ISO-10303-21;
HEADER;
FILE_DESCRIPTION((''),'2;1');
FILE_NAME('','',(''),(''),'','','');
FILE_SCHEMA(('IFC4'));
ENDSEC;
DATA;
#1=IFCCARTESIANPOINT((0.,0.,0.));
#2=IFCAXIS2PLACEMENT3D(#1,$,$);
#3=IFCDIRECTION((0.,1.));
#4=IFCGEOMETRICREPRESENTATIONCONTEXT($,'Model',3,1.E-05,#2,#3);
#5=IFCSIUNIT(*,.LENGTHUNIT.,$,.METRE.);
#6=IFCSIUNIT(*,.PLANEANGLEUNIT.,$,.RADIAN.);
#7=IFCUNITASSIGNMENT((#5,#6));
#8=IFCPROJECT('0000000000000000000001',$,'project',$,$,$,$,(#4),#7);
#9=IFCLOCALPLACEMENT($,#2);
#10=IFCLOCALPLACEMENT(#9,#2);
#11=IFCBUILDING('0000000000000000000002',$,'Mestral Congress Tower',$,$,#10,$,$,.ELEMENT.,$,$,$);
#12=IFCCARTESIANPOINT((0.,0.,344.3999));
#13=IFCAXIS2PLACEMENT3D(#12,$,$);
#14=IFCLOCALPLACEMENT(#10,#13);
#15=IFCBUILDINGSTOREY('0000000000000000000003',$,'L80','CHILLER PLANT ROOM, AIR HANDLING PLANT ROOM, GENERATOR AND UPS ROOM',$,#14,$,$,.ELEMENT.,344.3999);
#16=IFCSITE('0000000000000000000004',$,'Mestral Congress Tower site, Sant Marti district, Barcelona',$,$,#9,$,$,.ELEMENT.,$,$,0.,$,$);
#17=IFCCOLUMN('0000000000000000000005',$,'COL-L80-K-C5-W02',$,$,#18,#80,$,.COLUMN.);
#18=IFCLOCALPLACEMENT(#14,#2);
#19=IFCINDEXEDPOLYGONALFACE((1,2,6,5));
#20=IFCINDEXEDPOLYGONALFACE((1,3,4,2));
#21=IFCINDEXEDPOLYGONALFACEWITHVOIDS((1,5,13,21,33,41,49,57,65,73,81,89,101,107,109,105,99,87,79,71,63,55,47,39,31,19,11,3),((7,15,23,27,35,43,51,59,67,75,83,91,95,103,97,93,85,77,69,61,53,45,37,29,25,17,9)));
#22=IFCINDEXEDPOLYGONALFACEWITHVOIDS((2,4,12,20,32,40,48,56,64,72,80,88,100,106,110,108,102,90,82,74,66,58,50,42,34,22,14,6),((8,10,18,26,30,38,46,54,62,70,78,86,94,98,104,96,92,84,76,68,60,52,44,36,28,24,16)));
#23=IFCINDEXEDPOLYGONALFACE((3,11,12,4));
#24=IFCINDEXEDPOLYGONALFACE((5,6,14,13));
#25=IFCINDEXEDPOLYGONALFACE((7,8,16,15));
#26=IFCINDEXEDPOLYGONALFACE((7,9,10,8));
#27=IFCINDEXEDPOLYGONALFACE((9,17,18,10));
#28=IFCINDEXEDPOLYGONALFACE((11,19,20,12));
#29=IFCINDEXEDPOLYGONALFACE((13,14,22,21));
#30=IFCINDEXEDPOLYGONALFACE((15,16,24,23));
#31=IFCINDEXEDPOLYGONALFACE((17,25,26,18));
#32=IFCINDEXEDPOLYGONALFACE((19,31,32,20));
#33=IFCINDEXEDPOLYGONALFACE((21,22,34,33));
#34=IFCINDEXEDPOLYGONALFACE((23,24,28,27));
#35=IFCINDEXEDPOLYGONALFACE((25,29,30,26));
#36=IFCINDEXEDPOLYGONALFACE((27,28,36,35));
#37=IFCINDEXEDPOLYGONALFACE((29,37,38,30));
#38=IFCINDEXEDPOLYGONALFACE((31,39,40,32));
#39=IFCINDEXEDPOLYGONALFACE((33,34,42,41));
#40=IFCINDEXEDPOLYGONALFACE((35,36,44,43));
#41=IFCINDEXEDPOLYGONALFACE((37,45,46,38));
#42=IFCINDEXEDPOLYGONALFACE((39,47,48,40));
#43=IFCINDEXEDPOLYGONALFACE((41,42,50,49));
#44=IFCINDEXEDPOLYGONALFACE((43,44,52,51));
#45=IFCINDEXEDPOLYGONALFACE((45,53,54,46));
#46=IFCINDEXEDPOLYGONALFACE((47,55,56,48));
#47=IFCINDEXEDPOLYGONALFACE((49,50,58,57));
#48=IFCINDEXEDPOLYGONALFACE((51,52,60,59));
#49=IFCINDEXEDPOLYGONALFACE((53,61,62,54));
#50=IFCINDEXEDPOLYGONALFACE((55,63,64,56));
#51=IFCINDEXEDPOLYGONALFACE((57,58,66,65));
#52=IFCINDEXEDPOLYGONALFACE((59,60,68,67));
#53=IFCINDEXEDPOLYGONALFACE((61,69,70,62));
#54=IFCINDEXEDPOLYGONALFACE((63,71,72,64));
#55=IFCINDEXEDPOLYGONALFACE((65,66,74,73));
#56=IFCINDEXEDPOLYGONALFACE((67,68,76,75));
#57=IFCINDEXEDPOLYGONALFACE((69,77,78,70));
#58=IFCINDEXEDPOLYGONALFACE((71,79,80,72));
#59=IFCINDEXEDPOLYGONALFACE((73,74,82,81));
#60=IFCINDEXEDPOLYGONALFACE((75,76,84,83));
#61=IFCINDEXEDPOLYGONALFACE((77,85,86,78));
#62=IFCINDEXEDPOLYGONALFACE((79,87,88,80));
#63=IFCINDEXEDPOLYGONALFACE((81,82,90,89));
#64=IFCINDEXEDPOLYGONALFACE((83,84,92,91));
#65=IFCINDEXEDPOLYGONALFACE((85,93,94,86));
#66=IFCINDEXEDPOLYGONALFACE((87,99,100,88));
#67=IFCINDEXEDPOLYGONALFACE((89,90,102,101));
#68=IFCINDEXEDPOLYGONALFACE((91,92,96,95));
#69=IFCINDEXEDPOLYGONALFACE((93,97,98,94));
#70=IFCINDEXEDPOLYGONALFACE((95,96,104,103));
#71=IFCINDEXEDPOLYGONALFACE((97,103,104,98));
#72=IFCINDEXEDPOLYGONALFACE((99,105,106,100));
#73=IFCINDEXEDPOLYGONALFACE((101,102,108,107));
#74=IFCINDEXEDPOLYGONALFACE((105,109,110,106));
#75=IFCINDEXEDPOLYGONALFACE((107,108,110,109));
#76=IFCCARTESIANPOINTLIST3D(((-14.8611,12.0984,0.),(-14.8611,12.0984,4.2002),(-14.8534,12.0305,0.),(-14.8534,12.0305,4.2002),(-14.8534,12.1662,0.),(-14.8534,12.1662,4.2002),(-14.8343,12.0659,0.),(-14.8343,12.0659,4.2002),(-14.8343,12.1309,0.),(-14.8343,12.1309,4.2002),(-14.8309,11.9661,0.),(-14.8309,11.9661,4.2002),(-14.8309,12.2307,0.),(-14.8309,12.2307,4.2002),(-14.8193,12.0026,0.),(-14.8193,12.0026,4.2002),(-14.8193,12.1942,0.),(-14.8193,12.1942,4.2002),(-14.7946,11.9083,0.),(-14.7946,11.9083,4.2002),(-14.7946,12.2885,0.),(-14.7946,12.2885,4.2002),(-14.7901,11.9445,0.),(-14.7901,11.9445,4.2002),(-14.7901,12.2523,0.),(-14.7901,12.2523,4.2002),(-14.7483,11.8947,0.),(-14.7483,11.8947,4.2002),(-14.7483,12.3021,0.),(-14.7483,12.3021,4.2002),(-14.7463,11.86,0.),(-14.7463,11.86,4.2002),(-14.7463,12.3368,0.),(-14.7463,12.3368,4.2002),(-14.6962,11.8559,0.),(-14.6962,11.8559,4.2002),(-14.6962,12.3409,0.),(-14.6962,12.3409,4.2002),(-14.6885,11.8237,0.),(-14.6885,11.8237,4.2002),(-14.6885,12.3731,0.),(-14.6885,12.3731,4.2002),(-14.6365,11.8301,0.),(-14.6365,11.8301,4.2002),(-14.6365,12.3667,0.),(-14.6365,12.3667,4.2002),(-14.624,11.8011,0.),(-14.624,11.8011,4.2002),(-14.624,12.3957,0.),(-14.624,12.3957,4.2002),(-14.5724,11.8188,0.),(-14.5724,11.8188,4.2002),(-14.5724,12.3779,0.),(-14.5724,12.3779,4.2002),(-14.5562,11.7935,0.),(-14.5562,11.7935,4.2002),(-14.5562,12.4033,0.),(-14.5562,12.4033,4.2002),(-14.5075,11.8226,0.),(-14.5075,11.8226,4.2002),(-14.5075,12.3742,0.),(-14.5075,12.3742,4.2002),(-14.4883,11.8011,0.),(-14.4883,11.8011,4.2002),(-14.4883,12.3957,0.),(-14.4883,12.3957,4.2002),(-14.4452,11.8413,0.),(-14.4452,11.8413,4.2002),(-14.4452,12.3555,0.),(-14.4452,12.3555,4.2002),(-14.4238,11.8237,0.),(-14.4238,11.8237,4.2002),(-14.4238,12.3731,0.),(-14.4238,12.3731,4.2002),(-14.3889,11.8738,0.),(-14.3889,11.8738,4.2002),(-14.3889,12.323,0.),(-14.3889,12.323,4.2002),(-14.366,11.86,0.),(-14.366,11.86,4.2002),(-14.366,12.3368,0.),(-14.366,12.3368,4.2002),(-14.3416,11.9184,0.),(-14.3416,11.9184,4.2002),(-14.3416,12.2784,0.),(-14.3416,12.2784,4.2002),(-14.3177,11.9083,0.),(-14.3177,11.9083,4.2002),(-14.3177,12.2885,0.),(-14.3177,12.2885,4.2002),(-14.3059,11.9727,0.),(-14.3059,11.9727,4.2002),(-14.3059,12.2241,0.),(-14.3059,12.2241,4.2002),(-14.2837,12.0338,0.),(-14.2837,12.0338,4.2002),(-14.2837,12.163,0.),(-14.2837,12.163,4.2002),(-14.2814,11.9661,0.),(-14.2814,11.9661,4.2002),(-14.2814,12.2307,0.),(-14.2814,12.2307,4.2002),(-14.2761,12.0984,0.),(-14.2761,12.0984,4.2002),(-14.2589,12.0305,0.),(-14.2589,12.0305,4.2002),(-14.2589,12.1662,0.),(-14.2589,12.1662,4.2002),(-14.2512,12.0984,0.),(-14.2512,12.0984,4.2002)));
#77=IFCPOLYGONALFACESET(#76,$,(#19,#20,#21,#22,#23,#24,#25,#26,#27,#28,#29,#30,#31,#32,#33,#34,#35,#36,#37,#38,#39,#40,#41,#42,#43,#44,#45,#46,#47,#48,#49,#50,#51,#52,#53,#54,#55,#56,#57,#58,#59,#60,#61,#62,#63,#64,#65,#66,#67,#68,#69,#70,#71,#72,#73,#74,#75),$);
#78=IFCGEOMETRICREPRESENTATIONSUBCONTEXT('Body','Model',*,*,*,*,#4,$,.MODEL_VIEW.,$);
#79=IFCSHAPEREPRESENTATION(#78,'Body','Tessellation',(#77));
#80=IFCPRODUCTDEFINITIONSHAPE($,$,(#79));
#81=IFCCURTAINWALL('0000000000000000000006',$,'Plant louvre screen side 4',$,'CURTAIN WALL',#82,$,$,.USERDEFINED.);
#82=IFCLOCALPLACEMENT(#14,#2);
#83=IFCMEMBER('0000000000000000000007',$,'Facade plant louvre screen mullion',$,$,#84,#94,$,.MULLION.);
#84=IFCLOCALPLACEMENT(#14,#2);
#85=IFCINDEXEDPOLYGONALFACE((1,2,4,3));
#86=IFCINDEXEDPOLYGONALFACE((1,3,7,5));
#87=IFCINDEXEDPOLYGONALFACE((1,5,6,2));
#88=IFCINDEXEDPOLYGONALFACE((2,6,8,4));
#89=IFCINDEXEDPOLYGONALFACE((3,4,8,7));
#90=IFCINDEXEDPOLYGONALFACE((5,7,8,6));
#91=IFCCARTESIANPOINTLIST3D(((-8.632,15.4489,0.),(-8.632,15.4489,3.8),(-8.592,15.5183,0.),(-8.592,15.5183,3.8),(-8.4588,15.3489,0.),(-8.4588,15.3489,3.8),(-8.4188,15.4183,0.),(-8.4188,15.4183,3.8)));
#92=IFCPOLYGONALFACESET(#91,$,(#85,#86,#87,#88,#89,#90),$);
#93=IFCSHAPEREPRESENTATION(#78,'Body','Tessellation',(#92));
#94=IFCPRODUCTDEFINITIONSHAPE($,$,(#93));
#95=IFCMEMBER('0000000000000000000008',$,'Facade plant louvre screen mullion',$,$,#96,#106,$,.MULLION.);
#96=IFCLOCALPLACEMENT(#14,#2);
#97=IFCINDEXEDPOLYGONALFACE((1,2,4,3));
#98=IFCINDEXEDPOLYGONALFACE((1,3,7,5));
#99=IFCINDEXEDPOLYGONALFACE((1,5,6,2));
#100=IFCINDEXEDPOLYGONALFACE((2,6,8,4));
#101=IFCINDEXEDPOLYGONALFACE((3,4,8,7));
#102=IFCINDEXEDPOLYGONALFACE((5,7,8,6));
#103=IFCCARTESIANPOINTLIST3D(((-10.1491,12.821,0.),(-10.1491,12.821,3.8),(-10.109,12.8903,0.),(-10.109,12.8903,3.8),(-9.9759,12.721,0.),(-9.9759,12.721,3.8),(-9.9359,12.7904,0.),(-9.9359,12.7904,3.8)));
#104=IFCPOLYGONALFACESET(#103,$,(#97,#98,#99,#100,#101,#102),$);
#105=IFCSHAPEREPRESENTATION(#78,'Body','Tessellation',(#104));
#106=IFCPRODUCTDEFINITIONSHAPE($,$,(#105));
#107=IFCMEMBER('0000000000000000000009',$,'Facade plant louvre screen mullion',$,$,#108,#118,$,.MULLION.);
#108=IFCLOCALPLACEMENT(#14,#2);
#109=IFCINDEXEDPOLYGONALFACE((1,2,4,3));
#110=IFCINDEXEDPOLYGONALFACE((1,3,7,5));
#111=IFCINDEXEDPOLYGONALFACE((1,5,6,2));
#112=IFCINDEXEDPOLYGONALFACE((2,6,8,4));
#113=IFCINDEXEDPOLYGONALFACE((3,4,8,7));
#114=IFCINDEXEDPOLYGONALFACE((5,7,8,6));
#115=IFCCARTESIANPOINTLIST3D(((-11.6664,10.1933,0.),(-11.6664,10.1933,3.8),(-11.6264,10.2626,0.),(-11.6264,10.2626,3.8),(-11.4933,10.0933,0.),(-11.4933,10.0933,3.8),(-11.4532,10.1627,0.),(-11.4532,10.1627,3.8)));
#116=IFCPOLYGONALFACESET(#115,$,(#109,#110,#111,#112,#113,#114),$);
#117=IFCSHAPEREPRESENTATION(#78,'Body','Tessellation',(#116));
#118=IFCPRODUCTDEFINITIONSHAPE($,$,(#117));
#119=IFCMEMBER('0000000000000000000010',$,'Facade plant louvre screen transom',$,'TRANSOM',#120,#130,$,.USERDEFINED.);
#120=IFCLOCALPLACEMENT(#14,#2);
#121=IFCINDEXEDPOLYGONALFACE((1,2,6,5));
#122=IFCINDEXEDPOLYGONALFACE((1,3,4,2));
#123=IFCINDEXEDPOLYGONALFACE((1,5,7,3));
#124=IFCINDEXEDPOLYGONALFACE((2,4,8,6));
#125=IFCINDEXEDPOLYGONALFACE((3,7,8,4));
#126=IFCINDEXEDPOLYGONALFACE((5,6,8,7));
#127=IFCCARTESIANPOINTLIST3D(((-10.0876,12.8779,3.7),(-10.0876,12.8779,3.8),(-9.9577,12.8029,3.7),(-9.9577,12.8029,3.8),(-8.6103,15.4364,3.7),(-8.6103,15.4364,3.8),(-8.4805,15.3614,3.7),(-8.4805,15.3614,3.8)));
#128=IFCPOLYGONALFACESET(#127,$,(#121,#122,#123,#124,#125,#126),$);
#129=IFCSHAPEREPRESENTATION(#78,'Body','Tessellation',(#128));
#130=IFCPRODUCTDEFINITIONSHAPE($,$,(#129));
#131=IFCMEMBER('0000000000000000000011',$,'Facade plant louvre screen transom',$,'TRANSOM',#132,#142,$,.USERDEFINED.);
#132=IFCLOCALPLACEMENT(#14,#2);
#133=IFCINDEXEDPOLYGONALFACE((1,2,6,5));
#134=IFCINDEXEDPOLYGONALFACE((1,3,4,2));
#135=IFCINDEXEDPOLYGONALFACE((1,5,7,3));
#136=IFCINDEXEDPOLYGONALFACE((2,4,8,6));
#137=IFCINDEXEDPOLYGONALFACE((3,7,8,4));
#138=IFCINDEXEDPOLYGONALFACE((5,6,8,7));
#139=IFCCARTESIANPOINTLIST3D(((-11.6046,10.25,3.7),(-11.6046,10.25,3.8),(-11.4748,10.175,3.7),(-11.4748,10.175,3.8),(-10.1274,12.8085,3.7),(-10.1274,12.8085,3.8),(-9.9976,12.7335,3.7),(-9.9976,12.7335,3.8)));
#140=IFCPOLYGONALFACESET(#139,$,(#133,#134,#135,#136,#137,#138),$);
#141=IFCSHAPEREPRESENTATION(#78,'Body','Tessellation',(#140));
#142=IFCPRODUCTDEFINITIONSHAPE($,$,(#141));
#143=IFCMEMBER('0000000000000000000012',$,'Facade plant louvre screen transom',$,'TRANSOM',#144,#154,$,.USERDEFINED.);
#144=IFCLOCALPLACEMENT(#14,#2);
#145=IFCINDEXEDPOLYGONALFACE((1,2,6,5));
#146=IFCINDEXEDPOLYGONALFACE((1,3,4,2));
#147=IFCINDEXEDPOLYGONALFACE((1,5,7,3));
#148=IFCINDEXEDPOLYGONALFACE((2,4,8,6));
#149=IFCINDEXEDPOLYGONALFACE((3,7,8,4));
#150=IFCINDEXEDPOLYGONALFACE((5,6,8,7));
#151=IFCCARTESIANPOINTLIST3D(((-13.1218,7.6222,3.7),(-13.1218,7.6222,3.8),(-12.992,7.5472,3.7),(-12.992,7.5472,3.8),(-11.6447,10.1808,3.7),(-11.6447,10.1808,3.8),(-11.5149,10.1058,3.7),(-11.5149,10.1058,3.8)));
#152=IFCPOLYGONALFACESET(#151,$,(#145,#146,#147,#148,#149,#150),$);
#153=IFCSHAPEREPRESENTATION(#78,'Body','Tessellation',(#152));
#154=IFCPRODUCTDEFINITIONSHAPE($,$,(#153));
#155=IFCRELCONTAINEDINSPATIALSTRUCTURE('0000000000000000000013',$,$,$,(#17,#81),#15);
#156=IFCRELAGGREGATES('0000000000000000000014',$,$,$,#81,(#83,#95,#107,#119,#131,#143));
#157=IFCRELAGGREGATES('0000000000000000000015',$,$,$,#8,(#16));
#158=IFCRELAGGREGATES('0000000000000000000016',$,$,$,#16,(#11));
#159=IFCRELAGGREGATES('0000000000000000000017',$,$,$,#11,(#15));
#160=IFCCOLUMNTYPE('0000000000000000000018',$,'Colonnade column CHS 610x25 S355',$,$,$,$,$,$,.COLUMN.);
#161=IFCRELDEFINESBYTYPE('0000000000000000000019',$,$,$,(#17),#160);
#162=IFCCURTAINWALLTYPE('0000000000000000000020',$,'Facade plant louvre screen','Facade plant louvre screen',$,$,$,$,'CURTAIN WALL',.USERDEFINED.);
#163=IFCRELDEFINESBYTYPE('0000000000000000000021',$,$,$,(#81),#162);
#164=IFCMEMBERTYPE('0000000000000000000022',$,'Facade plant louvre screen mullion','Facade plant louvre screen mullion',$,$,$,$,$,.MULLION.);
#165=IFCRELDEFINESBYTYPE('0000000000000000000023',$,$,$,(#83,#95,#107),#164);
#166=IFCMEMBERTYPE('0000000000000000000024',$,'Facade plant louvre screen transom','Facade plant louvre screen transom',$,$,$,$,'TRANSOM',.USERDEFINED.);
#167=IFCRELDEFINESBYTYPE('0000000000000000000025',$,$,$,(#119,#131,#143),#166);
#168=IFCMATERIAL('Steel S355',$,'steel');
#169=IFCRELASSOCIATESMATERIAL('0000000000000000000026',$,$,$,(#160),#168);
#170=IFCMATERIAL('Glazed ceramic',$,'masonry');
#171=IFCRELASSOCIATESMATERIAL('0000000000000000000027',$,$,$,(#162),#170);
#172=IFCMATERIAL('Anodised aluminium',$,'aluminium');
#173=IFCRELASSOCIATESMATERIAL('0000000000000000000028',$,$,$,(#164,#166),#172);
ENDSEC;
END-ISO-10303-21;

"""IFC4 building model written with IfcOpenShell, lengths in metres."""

from ifc_helpers import new_model, si_unit, direction, frame, origin, origin_2d, place, context, subcontext, project, spatial, rectangle, hollow_circle, extrude, material, material_profile, profile_set, type_object, element, aggregate, save


model = new_model("IFC4")

# Units and contexts
model_context = context("Model", 3, precision=1e-05, world=origin(), true_north=direction((0.0, 1.0)))
body_context = subcontext(model_context, "Body", "Model", "MODEL_VIEW")
ifc_project = project(units=[si_unit("LENGTHUNIT", "METRE"), si_unit("PLANEANGLEUNIT", "RADIAN")], contexts=[model_context])

# Site, building, storey
site_placement = place(None, origin())
site = spatial("IfcSite", under=ifc_project, at=site_placement, Name="Mestral Congress Tower site, Sant Marti district, Barcelona", CompositionType="ELEMENT", RefElevation=0.0)
building_placement = place(site_placement, origin())
building = spatial("IfcBuilding", under=site, at=building_placement, Name="Mestral Congress Tower", CompositionType="ELEMENT")
storey_placement = place(building_placement, frame((0.0, 0.0, 344.3999)))
storey = spatial("IfcBuildingStorey", under=building, at=storey_placement, Name="L80", Description="CHILLER PLANT ROOM, AIR HANDLING PLANT ROOM, GENERATOR AND UPS ROOM", CompositionType="ELEMENT", Elevation=344.3999)

# Column
ifc_material_1 = material(Name="Steel S355", Category="steel")
ifc_material_profile_1 = material_profile(ifc_material_1, hollow_circle(Radius=0.3049, WallThickness=0.0249, at=origin_2d()), Name="CHS 610x25")
ifc_profile_set_1 = profile_set([ifc_material_profile_1], Name="Steel S355")
column_type = type_object("IfcColumnType", Name="Colonnade column CHS 610x25 S355", PredefinedType="COLUMN", material=ifc_profile_set_1)
column_placement = place(storey_placement, frame((-14.5562, 12.0984, 0.0), z_axis=(0.0, 0.0, 1.0), x_axis=(1.0, 0.0, 0.0)))
element("IfcColumn", 1, at=column_placement, inside=storey, type_object=column_type, Name="COL-L80-K-C5-W02", PredefinedType="COLUMN", context=body_context, shape_type="SweptSolid", body=[
    extrude(hollow_circle(Radius=0.3049, WallThickness=0.0249, at=origin_2d()), origin(), (0.0, 0.0, 1.0), 4.2002),
])

# Curtain wall, members
ifc_material_2 = material(Name="Glazed ceramic", Category="masonry")
curtain_wall_type = type_object("IfcCurtainWallType", Name="Facade plant louvre screen", Description="Facade plant louvre screen", ElementType="CURTAIN WALL", PredefinedType="USERDEFINED", material=ifc_material_2)
placement = place(storey_placement, origin())
curtain_wall = element("IfcCurtainWall", 2, at=placement, inside=storey, type_object=curtain_wall_type, Name="Plant louvre screen side 4", ObjectType="CURTAIN WALL", PredefinedType="USERDEFINED")
ifc_material_3 = material(Name="Anodised aluminium", Category="aluminium")
ifc_material_profile_2 = material_profile(ifc_material_3, rectangle(XDim=0.2, YDim=0.0801, at=origin_2d()), Name="CW6 mullion 200 x 80")
ifc_profile_set_2 = profile_set([ifc_material_profile_2], Name="Anodised aluminium")
member_type_1 = type_object("IfcMemberType", Name="Facade plant louvre screen mullion", Description="Facade plant louvre screen mullion", PredefinedType="MULLION", material=ifc_profile_set_2)
member_1_placement = place(storey_placement, frame((-8.5254, 15.4336, 0.0), z_axis=(0.0, 0.0, 1.0), x_axis=(-0.866025, 0.500002, 0.0)))
member_1 = element("IfcMember", 3, at=member_1_placement, type_object=member_type_1, Name="Facade plant louvre screen mullion", PredefinedType="MULLION", context=body_context, shape_type="SweptSolid", body=[
    extrude(rectangle(XDim=0.2, YDim=0.0801, at=origin_2d()), origin(), (0.0, 0.0, 1.0), 3.8),
])
member_2_placement = place(storey_placement, frame((-10.0425, 12.8057, 0.0), z_axis=(0.0, 0.0, 1.0), x_axis=(-0.866025, 0.500002, 0.0)))
member_2 = element("IfcMember", 4, at=member_2_placement, type_object=member_type_1, Name="Facade plant louvre screen mullion", PredefinedType="MULLION", context=body_context, shape_type="SweptSolid", body=[
    extrude(rectangle(XDim=0.2, YDim=0.0801, at=origin_2d()), origin(), (0.0, 0.0, 1.0), 3.8),
])
member_3_placement = place(storey_placement, frame((-11.5598, 10.178, 0.0), z_axis=(0.0, 0.0, 1.0), x_axis=(-0.866025, 0.500002, 0.0)))
member_3 = element("IfcMember", 5, at=member_3_placement, type_object=member_type_1, Name="Facade plant louvre screen mullion", PredefinedType="MULLION", context=body_context, shape_type="SweptSolid", body=[
    extrude(rectangle(XDim=0.2, YDim=0.0801, at=origin_2d()), origin(), (0.0, 0.0, 1.0), 3.8),
])
ifc_material_profile_3 = material_profile(ifc_material_3, rectangle(XDim=0.1499, YDim=0.1001, at=origin_2d()), Name="CW6 transom 150 x 100")
ifc_profile_set_3 = profile_set([ifc_material_profile_3], Name="Anodised aluminium")
member_type_2 = type_object("IfcMemberType", Name="Facade plant louvre screen transom", Description="Facade plant louvre screen transom", ElementType="TRANSOM", PredefinedType="USERDEFINED", material=ifc_profile_set_3)
member_4_placement = place(storey_placement, frame((-8.5454, 15.3989, 3.75), z_axis=(-0.500023, -0.866012, 0.0), x_axis=(0.866012, -0.500023, 0.0)))
member_4 = element("IfcMember", 6, at=member_4_placement, type_object=member_type_2, Name="Facade plant louvre screen transom", ObjectType="TRANSOM", PredefinedType="USERDEFINED", context=body_context, shape_type="SweptSolid", body=[
    extrude(rectangle(XDim=0.1499, YDim=0.1001, at=origin_2d()), origin(), (0.0, 0.0, 1.0), 2.9543),
])
member_5_placement = place(storey_placement, frame((-10.0625, 12.771, 3.75), z_axis=(-0.500023, -0.866012, 0.0), x_axis=(0.866012, -0.500023, 0.0)))
member_5 = element("IfcMember", 7, at=member_5_placement, type_object=member_type_2, Name="Facade plant louvre screen transom", ObjectType="TRANSOM", PredefinedType="USERDEFINED", context=body_context, shape_type="SweptSolid", body=[
    extrude(rectangle(XDim=0.1499, YDim=0.1001, at=origin_2d()), origin(), (0.0, 0.0, 1.0), 2.9543),
])
member_6_placement = place(storey_placement, frame((-11.5798, 10.1433, 3.75), z_axis=(-0.499961, -0.866048, 0.0), x_axis=(0.866048, -0.499961, 0.0)))
member_6 = element("IfcMember", 8, at=member_6_placement, type_object=member_type_2, Name="Facade plant louvre screen transom", ObjectType="TRANSOM", PredefinedType="USERDEFINED", context=body_context, shape_type="SweptSolid", body=[
    extrude(rectangle(XDim=0.1499, YDim=0.1001, at=origin_2d()), origin(), (0.0, 0.0, 1.0), 2.9543),
])

aggregate(curtain_wall, [member_1, member_2, member_3, member_4, member_5, member_6])

save(model, "model.ifc")
